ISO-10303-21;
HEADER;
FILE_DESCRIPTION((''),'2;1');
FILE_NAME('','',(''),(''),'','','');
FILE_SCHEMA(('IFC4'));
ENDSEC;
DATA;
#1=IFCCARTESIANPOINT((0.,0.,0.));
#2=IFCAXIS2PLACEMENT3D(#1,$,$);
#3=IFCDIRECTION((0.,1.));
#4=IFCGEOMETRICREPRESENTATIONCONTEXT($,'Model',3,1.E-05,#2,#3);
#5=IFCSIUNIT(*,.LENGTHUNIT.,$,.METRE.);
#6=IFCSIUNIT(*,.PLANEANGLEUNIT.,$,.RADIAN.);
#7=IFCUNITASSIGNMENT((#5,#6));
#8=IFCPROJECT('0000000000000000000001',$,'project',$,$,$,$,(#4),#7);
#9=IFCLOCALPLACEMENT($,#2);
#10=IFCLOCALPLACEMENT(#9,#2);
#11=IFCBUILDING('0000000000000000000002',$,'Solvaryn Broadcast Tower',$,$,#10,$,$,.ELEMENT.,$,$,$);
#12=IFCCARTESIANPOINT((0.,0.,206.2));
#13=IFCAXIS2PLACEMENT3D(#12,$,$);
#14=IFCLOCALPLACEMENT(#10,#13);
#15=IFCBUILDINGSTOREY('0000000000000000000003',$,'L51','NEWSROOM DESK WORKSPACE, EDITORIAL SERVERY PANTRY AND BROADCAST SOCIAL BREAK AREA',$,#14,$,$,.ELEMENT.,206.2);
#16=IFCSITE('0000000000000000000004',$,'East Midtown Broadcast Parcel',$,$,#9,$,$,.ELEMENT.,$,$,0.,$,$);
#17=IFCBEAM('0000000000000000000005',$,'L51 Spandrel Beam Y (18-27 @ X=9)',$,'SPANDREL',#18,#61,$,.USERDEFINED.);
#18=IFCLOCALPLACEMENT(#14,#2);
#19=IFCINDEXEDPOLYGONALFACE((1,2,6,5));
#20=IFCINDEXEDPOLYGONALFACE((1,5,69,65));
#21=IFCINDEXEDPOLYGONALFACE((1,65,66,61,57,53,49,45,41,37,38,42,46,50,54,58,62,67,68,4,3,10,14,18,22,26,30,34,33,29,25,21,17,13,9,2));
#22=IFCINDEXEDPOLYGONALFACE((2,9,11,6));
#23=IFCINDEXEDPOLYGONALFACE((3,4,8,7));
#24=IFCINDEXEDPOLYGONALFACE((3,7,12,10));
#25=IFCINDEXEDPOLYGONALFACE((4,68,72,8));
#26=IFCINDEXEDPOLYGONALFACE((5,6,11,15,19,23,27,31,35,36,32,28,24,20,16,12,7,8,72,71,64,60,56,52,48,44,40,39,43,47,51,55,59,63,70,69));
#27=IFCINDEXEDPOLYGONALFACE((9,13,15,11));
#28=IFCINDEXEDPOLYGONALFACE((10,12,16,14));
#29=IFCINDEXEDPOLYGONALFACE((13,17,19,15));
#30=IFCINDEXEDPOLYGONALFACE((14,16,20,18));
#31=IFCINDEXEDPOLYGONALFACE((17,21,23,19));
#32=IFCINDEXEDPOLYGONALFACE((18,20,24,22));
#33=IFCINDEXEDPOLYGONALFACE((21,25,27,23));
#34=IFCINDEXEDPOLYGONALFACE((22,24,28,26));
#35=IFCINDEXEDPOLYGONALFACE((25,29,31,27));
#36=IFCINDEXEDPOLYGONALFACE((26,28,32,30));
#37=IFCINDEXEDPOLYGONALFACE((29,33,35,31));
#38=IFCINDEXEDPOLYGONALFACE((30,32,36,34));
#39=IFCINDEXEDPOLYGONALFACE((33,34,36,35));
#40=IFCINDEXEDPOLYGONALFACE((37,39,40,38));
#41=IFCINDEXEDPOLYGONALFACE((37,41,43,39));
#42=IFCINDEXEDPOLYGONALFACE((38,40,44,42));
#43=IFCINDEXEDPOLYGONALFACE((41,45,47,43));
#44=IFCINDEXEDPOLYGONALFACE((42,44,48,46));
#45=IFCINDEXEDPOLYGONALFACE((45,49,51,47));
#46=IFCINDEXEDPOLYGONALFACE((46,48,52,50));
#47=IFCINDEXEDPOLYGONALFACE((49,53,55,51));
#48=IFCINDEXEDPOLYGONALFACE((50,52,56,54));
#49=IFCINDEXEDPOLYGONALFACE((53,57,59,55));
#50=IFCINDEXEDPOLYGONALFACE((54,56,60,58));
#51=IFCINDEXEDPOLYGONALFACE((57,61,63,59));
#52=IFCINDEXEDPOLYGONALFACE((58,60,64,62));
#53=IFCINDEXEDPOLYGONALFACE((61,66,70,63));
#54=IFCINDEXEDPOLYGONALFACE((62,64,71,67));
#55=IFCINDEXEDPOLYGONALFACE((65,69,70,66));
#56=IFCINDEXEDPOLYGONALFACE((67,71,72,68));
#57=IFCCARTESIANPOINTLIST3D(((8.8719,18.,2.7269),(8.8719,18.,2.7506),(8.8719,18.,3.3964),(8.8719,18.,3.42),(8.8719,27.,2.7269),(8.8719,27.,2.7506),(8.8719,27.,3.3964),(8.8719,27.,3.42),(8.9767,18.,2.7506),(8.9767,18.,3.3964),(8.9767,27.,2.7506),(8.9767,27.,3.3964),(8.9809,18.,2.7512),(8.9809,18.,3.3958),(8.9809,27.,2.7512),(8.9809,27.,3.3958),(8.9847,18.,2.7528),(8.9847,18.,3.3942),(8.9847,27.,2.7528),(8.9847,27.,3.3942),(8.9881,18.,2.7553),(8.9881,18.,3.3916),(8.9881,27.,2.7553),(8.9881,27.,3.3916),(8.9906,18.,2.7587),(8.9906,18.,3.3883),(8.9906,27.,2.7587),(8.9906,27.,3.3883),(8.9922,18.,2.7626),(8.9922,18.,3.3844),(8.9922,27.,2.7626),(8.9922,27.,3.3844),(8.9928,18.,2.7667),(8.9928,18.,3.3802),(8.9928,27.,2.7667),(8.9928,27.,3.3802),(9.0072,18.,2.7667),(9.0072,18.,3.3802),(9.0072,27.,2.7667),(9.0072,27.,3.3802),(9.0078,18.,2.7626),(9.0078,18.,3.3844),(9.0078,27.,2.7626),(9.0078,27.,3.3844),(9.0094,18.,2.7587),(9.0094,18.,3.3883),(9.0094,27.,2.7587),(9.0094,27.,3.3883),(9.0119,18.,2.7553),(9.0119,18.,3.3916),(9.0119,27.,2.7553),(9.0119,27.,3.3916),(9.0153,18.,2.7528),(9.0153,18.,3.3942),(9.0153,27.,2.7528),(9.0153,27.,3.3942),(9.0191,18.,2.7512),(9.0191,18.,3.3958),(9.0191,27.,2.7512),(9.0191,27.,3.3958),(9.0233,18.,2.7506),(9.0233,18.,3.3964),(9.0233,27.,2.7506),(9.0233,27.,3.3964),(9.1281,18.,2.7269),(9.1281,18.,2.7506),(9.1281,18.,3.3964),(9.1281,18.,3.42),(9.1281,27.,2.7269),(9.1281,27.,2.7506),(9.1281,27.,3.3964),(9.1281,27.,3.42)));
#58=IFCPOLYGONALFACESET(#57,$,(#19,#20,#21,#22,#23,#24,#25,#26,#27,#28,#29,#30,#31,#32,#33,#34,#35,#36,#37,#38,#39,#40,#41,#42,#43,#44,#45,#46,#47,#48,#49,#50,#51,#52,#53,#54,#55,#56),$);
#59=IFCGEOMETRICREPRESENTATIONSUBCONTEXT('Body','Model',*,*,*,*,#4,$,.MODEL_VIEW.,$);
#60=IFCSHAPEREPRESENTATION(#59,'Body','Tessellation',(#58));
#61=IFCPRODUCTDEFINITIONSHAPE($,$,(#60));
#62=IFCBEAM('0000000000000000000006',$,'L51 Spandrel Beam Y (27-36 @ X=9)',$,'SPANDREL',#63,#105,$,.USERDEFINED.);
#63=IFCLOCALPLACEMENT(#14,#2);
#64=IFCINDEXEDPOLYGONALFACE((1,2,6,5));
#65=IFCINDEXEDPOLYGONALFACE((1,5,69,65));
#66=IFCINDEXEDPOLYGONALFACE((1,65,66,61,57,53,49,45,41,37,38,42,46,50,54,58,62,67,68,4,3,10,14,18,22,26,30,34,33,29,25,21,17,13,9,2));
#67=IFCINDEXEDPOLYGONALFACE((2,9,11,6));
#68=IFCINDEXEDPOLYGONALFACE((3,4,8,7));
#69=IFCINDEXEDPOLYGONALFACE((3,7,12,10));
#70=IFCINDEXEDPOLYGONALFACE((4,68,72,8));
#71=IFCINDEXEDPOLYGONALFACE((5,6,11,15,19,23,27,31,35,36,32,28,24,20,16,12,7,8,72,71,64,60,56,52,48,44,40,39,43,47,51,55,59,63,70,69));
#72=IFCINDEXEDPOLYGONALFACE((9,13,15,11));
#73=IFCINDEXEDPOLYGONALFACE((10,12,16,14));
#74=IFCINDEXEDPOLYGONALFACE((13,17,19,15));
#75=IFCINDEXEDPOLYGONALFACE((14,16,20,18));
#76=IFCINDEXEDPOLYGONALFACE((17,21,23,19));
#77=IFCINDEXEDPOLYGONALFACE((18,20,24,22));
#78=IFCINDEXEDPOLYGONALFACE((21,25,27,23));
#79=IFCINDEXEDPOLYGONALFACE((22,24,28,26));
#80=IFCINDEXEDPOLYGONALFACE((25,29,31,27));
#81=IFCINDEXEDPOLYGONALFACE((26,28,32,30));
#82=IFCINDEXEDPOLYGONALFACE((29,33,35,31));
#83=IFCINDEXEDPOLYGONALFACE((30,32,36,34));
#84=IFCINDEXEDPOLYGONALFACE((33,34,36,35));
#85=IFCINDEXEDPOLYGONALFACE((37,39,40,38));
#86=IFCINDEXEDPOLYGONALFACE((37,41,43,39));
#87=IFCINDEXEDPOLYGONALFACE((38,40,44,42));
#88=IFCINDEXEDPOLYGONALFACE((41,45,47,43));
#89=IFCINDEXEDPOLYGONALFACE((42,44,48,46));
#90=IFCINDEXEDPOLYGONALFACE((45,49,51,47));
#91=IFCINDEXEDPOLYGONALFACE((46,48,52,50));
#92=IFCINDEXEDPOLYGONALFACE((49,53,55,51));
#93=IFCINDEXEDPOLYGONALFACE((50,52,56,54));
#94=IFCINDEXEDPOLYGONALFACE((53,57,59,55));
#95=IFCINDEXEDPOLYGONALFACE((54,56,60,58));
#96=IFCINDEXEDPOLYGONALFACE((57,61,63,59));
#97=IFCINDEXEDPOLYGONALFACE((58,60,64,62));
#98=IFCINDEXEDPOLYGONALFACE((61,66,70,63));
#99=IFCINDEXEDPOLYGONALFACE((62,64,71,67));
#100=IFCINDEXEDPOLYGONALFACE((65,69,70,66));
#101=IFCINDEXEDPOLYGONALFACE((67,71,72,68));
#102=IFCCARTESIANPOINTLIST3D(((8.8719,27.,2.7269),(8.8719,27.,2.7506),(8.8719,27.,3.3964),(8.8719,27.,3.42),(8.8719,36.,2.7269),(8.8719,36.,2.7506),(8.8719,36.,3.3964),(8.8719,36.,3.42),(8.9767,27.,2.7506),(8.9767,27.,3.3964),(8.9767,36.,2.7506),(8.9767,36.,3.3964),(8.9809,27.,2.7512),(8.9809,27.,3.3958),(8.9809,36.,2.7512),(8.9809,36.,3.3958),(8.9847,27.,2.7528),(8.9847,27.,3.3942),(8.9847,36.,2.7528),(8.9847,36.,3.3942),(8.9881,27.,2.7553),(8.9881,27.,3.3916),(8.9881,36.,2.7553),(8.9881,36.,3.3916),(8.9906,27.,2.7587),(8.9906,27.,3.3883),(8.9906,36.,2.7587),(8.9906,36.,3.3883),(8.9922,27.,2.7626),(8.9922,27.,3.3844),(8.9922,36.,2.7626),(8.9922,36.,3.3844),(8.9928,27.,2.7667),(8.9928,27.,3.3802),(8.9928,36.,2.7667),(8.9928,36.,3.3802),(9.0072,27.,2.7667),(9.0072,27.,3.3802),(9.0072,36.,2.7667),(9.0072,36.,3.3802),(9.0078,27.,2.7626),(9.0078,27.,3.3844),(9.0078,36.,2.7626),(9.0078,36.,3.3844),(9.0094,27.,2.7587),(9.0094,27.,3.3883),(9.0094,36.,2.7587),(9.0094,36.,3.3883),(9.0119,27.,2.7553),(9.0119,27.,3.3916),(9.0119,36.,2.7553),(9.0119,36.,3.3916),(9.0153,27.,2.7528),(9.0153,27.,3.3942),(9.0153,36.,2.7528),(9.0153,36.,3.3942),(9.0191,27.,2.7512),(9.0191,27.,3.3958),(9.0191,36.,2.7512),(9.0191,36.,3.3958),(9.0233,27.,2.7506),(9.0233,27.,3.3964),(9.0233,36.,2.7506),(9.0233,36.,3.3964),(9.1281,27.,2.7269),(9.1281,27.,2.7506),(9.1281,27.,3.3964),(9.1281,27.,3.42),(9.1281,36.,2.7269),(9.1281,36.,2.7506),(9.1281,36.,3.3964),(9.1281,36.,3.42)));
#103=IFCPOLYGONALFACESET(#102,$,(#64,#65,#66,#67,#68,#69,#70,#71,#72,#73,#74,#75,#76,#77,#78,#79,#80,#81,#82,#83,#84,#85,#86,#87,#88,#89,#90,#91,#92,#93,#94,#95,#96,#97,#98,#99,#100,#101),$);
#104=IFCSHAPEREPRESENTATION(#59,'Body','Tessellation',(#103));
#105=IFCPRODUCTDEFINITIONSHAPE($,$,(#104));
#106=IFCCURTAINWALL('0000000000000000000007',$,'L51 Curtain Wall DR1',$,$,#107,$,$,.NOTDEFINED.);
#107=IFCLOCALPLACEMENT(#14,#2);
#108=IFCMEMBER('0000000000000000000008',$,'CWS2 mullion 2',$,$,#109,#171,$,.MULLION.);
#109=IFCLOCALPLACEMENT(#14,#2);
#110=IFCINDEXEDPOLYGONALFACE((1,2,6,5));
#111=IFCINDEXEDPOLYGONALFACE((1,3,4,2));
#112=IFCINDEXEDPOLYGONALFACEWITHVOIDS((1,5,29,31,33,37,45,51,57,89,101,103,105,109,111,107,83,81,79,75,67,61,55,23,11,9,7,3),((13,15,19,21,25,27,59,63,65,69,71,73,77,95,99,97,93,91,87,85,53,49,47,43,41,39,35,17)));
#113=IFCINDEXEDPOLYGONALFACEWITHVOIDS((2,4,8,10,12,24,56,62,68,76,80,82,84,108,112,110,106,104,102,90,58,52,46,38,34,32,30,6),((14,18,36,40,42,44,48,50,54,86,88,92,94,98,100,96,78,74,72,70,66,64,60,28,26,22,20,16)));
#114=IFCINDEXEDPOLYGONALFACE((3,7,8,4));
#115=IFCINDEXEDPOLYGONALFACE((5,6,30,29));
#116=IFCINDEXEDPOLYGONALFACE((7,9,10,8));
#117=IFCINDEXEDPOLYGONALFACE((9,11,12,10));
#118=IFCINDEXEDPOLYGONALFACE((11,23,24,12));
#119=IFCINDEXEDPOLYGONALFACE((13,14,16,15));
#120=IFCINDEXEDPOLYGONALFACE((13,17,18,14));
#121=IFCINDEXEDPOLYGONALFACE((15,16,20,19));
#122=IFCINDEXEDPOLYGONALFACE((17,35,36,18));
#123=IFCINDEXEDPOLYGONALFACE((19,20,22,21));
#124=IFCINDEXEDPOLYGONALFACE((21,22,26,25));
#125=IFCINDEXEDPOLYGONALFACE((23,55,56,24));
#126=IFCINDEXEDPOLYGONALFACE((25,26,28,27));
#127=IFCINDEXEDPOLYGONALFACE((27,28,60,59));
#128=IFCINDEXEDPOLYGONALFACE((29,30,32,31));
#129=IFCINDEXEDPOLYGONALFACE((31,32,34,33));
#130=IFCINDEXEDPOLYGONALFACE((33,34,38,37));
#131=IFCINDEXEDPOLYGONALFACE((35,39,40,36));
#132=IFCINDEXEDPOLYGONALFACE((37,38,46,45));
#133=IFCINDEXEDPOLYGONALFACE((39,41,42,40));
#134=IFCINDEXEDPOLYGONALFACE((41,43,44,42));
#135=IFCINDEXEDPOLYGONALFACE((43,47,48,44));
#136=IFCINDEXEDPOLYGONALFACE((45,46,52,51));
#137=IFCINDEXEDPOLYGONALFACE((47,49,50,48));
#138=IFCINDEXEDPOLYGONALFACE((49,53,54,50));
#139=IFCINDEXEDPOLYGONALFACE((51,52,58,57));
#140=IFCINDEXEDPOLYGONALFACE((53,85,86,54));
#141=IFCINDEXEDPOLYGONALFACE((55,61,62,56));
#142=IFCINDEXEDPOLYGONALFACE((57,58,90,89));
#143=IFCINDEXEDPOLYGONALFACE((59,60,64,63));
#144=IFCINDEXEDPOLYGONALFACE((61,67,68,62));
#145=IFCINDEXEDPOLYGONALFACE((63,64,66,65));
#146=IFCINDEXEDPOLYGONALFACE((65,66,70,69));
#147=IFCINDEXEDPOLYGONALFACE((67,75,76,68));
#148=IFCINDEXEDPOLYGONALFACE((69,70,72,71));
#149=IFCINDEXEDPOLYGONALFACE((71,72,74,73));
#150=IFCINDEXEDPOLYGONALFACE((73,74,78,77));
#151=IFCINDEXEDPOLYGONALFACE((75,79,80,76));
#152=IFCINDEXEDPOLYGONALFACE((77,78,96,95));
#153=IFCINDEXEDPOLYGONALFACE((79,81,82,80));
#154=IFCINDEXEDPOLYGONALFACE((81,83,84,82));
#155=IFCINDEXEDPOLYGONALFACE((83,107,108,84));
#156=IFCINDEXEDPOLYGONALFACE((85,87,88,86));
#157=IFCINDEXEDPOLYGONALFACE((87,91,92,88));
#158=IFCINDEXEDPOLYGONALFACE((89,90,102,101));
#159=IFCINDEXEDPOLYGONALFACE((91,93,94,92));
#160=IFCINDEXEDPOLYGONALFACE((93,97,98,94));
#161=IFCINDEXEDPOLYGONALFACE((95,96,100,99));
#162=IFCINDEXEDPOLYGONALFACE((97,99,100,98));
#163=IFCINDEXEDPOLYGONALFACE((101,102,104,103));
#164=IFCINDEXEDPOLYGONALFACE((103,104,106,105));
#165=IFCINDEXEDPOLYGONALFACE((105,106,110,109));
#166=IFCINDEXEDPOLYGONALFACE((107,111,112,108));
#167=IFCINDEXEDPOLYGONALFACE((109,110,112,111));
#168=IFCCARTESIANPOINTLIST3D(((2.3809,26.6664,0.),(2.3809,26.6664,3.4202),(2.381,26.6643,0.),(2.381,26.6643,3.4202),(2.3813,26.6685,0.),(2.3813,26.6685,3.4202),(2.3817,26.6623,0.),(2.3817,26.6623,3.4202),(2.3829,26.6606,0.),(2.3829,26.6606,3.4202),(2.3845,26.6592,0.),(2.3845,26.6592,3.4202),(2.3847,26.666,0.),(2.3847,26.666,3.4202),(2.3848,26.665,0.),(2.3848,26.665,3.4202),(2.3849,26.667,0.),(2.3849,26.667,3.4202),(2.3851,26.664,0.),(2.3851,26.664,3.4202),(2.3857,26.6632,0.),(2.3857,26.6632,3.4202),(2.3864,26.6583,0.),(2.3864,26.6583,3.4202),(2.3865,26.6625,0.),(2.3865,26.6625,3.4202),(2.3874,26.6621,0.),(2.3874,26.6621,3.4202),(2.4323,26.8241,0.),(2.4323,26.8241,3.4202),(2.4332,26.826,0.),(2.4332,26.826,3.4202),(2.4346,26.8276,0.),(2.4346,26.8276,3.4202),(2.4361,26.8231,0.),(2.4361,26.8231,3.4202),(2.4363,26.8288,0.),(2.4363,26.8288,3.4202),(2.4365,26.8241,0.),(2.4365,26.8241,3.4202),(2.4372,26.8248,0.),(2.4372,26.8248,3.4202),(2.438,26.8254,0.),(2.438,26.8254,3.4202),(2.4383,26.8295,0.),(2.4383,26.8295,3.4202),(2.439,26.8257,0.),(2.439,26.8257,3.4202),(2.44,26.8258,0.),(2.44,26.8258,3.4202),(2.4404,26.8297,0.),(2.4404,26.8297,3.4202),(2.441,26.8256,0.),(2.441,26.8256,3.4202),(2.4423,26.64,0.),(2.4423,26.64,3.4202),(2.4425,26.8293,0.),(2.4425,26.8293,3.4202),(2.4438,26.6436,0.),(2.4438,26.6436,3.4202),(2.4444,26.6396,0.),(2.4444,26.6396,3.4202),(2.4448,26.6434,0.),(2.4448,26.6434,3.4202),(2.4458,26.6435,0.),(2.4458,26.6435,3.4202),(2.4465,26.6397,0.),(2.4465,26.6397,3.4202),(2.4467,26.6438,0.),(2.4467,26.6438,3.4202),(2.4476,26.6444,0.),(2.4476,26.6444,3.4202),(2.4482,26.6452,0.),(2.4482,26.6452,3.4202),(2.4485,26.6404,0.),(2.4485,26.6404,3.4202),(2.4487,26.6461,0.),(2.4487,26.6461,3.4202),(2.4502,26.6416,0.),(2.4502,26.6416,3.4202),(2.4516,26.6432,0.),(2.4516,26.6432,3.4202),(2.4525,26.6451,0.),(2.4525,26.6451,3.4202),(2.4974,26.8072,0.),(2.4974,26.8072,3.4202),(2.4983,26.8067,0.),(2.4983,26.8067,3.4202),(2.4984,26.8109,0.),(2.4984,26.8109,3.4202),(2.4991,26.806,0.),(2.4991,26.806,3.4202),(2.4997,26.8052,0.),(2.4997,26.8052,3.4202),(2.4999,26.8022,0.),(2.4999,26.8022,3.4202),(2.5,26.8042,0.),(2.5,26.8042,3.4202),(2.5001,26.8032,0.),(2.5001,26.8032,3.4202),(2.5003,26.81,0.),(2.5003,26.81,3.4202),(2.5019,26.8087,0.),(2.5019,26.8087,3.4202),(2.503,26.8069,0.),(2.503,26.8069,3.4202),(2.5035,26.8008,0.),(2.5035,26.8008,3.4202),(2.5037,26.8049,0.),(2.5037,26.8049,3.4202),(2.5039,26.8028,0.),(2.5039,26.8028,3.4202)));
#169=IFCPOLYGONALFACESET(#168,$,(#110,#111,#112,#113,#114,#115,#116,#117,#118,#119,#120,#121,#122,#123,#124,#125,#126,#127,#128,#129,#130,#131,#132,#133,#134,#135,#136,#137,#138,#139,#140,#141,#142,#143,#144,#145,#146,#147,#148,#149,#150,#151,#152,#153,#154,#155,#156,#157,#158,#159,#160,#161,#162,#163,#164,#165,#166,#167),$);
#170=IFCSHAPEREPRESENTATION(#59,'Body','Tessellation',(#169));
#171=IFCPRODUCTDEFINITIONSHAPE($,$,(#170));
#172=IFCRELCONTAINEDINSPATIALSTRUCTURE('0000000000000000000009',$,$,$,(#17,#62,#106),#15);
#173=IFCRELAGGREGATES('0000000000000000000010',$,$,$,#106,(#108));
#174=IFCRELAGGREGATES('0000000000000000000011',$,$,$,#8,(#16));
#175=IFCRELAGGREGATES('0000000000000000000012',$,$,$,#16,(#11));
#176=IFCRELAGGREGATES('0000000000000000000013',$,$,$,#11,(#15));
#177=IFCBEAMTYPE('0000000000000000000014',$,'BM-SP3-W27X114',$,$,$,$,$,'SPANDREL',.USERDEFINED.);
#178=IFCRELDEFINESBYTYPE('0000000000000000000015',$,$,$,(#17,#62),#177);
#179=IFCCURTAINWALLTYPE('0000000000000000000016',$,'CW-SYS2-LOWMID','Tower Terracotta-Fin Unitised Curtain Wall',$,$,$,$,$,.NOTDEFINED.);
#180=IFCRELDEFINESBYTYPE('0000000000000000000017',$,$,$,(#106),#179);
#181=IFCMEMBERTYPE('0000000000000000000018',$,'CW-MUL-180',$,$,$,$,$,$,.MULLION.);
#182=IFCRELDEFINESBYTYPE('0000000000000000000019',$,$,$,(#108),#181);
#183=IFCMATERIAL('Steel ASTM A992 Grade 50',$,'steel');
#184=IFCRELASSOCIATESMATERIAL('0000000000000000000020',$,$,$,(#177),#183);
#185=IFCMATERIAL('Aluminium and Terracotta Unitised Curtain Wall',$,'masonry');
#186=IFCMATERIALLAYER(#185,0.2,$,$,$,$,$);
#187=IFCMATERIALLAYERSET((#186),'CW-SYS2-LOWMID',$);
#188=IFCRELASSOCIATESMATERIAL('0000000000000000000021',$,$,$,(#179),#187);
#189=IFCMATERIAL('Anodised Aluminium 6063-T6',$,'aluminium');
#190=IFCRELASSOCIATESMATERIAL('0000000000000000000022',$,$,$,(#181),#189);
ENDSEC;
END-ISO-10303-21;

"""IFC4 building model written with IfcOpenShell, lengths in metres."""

from ifc_helpers import new_model, si_unit, direction, frame, origin, origin_2d, place, context, subcontext, project, spatial, hollow_rectangle, i_section, extrude, material, layer, layer_set, material_profile, profile_set, type_object, element, aggregate, save


model = new_model("IFC4")

# Units and contexts
model_context = context("Model", 3, precision=1e-05, world=origin(), true_north=direction((0.0, 1.0)))
body_context = subcontext(model_context, "Body", "Model", "MODEL_VIEW")
ifc_project = project(units=[si_unit("LENGTHUNIT", "METRE"), si_unit("PLANEANGLEUNIT", "RADIAN")], contexts=[model_context])

# Site, building, storey
site_placement = place(None, origin())
site = spatial("IfcSite", under=ifc_project, at=site_placement, Name="East Midtown Broadcast Parcel", CompositionType="ELEMENT", RefElevation=0.0)
building_placement = place(site_placement, origin())
building = spatial("IfcBuilding", under=site, at=building_placement, Name="Solvaryn Broadcast Tower", CompositionType="ELEMENT")
storey_placement = place(building_placement, frame((0.0, 0.0, 206.2)))
storey = spatial("IfcBuildingStorey", under=building, at=storey_placement, Name="L51", Description="NEWSROOM DESK WORKSPACE, EDITORIAL SERVERY PANTRY AND BROADCAST SOCIAL BREAK AREA", CompositionType="ELEMENT", Elevation=206.2)

# Beams
ifc_material_1 = material(Name="Steel ASTM A992 Grade 50", Category="steel")
ifc_material_profile_1 = material_profile(ifc_material_1, i_section(OverallWidth=0.2561, OverallDepth=0.6931, WebThickness=0.0144, FlangeThickness=0.0237, FilletRadius=0.0161, at=origin_2d()))
ifc_profile_set_1 = profile_set([ifc_material_profile_1], Name="Steel ASTM A992 Grade 50")
beam_type_1 = type_object("IfcBeamType", Name="BM-SP3-W27X114", ElementType="SPANDREL", PredefinedType="USERDEFINED", material=ifc_profile_set_1)
for number, where, z_axis, x_axis, name in (
    (1, (9.0, 18.0, 3.0735), (0.0, 1.0, 0.0), (-1.0, 0.0, 0.0), "L51 Spandrel Beam Y (18-27 @ X=9)"),
    (2, (9.0, 27.0, 3.0735), (0.0, 1.0, 0.0), (-1.0, 0.0, 0.0), "L51 Spandrel Beam Y (27-36 @ X=9)"),
):
    element("IfcBeam", number, at=place(storey_placement, frame(where, z_axis=z_axis, x_axis=x_axis)), inside=storey, type_object=beam_type_1, Name=name, ObjectType="SPANDREL", PredefinedType="USERDEFINED", context=body_context, shape_type="SweptSolid", body=[
        extrude(i_section(OverallWidth=0.2561, OverallDepth=0.6931, WebThickness=0.0144, FlangeThickness=0.0237, FilletRadius=0.0161, at=origin_2d()), origin(), (0.0, 0.0, 1.0), 9.0),
    ])

# Curtain wall, member
ifc_material_2 = material(Name="Aluminium and Terracotta Unitised Curtain Wall", Category="masonry")
ifc_layer_1 = layer(ifc_material_2, 0.2)
ifc_layer_set_1 = layer_set([ifc_layer_1], Name="CW-SYS2-LOWMID")
curtain_wall_type = type_object("IfcCurtainWallType", Name="CW-SYS2-LOWMID", Description="Tower Terracotta-Fin Unitised Curtain Wall", PredefinedType="NOTDEFINED", material=ifc_layer_set_1)
curtain_wall_1_placement = place(storey_placement, origin())
curtain_wall_1 = element("IfcCurtainWall", 3, at=curtain_wall_1_placement, inside=storey, type_object=curtain_wall_type, Name="L51 Curtain Wall DR1", PredefinedType="NOTDEFINED")
ifc_material_3 = material(Name="Anodised Aluminium 6063-T6", Category="aluminium")
ifc_material_profile_2 = material_profile(ifc_material_3, hollow_rectangle(XDim=0.075, YDim=0.1799, WallThickness=0.0039, InnerFilletRadius=0.0039, OuterFilletRadius=0.0081, at=origin_2d()))
ifc_profile_set_2 = profile_set([ifc_material_profile_2], Name="Anodised Aluminium 6063-T6")
member_type_1 = type_object("IfcMemberType", Name="CW-MUL-180", PredefinedType="MULLION", material=ifc_profile_set_2)
member_1_placement = place(storey_placement, frame((2.4424, 26.7346, 0.0), z_axis=(0.0, 0.0, 1.0), x_axis=(0.950227, -0.311559, 0.0)))
member_1 = element("IfcMember", 4, at=member_1_placement, type_object=member_type_1, Name="CWS2 mullion 2", PredefinedType="MULLION", context=body_context, shape_type="SweptSolid", body=[
    extrude(hollow_rectangle(XDim=0.075, YDim=0.1799, WallThickness=0.0039, InnerFilletRadius=0.0039, OuterFilletRadius=0.0081, at=origin_2d()), origin(), (0.0, 0.0, 1.0), 3.4202),
])
aggregate(curtain_wall_1, [member_1])

save(model, "model.ifc")
